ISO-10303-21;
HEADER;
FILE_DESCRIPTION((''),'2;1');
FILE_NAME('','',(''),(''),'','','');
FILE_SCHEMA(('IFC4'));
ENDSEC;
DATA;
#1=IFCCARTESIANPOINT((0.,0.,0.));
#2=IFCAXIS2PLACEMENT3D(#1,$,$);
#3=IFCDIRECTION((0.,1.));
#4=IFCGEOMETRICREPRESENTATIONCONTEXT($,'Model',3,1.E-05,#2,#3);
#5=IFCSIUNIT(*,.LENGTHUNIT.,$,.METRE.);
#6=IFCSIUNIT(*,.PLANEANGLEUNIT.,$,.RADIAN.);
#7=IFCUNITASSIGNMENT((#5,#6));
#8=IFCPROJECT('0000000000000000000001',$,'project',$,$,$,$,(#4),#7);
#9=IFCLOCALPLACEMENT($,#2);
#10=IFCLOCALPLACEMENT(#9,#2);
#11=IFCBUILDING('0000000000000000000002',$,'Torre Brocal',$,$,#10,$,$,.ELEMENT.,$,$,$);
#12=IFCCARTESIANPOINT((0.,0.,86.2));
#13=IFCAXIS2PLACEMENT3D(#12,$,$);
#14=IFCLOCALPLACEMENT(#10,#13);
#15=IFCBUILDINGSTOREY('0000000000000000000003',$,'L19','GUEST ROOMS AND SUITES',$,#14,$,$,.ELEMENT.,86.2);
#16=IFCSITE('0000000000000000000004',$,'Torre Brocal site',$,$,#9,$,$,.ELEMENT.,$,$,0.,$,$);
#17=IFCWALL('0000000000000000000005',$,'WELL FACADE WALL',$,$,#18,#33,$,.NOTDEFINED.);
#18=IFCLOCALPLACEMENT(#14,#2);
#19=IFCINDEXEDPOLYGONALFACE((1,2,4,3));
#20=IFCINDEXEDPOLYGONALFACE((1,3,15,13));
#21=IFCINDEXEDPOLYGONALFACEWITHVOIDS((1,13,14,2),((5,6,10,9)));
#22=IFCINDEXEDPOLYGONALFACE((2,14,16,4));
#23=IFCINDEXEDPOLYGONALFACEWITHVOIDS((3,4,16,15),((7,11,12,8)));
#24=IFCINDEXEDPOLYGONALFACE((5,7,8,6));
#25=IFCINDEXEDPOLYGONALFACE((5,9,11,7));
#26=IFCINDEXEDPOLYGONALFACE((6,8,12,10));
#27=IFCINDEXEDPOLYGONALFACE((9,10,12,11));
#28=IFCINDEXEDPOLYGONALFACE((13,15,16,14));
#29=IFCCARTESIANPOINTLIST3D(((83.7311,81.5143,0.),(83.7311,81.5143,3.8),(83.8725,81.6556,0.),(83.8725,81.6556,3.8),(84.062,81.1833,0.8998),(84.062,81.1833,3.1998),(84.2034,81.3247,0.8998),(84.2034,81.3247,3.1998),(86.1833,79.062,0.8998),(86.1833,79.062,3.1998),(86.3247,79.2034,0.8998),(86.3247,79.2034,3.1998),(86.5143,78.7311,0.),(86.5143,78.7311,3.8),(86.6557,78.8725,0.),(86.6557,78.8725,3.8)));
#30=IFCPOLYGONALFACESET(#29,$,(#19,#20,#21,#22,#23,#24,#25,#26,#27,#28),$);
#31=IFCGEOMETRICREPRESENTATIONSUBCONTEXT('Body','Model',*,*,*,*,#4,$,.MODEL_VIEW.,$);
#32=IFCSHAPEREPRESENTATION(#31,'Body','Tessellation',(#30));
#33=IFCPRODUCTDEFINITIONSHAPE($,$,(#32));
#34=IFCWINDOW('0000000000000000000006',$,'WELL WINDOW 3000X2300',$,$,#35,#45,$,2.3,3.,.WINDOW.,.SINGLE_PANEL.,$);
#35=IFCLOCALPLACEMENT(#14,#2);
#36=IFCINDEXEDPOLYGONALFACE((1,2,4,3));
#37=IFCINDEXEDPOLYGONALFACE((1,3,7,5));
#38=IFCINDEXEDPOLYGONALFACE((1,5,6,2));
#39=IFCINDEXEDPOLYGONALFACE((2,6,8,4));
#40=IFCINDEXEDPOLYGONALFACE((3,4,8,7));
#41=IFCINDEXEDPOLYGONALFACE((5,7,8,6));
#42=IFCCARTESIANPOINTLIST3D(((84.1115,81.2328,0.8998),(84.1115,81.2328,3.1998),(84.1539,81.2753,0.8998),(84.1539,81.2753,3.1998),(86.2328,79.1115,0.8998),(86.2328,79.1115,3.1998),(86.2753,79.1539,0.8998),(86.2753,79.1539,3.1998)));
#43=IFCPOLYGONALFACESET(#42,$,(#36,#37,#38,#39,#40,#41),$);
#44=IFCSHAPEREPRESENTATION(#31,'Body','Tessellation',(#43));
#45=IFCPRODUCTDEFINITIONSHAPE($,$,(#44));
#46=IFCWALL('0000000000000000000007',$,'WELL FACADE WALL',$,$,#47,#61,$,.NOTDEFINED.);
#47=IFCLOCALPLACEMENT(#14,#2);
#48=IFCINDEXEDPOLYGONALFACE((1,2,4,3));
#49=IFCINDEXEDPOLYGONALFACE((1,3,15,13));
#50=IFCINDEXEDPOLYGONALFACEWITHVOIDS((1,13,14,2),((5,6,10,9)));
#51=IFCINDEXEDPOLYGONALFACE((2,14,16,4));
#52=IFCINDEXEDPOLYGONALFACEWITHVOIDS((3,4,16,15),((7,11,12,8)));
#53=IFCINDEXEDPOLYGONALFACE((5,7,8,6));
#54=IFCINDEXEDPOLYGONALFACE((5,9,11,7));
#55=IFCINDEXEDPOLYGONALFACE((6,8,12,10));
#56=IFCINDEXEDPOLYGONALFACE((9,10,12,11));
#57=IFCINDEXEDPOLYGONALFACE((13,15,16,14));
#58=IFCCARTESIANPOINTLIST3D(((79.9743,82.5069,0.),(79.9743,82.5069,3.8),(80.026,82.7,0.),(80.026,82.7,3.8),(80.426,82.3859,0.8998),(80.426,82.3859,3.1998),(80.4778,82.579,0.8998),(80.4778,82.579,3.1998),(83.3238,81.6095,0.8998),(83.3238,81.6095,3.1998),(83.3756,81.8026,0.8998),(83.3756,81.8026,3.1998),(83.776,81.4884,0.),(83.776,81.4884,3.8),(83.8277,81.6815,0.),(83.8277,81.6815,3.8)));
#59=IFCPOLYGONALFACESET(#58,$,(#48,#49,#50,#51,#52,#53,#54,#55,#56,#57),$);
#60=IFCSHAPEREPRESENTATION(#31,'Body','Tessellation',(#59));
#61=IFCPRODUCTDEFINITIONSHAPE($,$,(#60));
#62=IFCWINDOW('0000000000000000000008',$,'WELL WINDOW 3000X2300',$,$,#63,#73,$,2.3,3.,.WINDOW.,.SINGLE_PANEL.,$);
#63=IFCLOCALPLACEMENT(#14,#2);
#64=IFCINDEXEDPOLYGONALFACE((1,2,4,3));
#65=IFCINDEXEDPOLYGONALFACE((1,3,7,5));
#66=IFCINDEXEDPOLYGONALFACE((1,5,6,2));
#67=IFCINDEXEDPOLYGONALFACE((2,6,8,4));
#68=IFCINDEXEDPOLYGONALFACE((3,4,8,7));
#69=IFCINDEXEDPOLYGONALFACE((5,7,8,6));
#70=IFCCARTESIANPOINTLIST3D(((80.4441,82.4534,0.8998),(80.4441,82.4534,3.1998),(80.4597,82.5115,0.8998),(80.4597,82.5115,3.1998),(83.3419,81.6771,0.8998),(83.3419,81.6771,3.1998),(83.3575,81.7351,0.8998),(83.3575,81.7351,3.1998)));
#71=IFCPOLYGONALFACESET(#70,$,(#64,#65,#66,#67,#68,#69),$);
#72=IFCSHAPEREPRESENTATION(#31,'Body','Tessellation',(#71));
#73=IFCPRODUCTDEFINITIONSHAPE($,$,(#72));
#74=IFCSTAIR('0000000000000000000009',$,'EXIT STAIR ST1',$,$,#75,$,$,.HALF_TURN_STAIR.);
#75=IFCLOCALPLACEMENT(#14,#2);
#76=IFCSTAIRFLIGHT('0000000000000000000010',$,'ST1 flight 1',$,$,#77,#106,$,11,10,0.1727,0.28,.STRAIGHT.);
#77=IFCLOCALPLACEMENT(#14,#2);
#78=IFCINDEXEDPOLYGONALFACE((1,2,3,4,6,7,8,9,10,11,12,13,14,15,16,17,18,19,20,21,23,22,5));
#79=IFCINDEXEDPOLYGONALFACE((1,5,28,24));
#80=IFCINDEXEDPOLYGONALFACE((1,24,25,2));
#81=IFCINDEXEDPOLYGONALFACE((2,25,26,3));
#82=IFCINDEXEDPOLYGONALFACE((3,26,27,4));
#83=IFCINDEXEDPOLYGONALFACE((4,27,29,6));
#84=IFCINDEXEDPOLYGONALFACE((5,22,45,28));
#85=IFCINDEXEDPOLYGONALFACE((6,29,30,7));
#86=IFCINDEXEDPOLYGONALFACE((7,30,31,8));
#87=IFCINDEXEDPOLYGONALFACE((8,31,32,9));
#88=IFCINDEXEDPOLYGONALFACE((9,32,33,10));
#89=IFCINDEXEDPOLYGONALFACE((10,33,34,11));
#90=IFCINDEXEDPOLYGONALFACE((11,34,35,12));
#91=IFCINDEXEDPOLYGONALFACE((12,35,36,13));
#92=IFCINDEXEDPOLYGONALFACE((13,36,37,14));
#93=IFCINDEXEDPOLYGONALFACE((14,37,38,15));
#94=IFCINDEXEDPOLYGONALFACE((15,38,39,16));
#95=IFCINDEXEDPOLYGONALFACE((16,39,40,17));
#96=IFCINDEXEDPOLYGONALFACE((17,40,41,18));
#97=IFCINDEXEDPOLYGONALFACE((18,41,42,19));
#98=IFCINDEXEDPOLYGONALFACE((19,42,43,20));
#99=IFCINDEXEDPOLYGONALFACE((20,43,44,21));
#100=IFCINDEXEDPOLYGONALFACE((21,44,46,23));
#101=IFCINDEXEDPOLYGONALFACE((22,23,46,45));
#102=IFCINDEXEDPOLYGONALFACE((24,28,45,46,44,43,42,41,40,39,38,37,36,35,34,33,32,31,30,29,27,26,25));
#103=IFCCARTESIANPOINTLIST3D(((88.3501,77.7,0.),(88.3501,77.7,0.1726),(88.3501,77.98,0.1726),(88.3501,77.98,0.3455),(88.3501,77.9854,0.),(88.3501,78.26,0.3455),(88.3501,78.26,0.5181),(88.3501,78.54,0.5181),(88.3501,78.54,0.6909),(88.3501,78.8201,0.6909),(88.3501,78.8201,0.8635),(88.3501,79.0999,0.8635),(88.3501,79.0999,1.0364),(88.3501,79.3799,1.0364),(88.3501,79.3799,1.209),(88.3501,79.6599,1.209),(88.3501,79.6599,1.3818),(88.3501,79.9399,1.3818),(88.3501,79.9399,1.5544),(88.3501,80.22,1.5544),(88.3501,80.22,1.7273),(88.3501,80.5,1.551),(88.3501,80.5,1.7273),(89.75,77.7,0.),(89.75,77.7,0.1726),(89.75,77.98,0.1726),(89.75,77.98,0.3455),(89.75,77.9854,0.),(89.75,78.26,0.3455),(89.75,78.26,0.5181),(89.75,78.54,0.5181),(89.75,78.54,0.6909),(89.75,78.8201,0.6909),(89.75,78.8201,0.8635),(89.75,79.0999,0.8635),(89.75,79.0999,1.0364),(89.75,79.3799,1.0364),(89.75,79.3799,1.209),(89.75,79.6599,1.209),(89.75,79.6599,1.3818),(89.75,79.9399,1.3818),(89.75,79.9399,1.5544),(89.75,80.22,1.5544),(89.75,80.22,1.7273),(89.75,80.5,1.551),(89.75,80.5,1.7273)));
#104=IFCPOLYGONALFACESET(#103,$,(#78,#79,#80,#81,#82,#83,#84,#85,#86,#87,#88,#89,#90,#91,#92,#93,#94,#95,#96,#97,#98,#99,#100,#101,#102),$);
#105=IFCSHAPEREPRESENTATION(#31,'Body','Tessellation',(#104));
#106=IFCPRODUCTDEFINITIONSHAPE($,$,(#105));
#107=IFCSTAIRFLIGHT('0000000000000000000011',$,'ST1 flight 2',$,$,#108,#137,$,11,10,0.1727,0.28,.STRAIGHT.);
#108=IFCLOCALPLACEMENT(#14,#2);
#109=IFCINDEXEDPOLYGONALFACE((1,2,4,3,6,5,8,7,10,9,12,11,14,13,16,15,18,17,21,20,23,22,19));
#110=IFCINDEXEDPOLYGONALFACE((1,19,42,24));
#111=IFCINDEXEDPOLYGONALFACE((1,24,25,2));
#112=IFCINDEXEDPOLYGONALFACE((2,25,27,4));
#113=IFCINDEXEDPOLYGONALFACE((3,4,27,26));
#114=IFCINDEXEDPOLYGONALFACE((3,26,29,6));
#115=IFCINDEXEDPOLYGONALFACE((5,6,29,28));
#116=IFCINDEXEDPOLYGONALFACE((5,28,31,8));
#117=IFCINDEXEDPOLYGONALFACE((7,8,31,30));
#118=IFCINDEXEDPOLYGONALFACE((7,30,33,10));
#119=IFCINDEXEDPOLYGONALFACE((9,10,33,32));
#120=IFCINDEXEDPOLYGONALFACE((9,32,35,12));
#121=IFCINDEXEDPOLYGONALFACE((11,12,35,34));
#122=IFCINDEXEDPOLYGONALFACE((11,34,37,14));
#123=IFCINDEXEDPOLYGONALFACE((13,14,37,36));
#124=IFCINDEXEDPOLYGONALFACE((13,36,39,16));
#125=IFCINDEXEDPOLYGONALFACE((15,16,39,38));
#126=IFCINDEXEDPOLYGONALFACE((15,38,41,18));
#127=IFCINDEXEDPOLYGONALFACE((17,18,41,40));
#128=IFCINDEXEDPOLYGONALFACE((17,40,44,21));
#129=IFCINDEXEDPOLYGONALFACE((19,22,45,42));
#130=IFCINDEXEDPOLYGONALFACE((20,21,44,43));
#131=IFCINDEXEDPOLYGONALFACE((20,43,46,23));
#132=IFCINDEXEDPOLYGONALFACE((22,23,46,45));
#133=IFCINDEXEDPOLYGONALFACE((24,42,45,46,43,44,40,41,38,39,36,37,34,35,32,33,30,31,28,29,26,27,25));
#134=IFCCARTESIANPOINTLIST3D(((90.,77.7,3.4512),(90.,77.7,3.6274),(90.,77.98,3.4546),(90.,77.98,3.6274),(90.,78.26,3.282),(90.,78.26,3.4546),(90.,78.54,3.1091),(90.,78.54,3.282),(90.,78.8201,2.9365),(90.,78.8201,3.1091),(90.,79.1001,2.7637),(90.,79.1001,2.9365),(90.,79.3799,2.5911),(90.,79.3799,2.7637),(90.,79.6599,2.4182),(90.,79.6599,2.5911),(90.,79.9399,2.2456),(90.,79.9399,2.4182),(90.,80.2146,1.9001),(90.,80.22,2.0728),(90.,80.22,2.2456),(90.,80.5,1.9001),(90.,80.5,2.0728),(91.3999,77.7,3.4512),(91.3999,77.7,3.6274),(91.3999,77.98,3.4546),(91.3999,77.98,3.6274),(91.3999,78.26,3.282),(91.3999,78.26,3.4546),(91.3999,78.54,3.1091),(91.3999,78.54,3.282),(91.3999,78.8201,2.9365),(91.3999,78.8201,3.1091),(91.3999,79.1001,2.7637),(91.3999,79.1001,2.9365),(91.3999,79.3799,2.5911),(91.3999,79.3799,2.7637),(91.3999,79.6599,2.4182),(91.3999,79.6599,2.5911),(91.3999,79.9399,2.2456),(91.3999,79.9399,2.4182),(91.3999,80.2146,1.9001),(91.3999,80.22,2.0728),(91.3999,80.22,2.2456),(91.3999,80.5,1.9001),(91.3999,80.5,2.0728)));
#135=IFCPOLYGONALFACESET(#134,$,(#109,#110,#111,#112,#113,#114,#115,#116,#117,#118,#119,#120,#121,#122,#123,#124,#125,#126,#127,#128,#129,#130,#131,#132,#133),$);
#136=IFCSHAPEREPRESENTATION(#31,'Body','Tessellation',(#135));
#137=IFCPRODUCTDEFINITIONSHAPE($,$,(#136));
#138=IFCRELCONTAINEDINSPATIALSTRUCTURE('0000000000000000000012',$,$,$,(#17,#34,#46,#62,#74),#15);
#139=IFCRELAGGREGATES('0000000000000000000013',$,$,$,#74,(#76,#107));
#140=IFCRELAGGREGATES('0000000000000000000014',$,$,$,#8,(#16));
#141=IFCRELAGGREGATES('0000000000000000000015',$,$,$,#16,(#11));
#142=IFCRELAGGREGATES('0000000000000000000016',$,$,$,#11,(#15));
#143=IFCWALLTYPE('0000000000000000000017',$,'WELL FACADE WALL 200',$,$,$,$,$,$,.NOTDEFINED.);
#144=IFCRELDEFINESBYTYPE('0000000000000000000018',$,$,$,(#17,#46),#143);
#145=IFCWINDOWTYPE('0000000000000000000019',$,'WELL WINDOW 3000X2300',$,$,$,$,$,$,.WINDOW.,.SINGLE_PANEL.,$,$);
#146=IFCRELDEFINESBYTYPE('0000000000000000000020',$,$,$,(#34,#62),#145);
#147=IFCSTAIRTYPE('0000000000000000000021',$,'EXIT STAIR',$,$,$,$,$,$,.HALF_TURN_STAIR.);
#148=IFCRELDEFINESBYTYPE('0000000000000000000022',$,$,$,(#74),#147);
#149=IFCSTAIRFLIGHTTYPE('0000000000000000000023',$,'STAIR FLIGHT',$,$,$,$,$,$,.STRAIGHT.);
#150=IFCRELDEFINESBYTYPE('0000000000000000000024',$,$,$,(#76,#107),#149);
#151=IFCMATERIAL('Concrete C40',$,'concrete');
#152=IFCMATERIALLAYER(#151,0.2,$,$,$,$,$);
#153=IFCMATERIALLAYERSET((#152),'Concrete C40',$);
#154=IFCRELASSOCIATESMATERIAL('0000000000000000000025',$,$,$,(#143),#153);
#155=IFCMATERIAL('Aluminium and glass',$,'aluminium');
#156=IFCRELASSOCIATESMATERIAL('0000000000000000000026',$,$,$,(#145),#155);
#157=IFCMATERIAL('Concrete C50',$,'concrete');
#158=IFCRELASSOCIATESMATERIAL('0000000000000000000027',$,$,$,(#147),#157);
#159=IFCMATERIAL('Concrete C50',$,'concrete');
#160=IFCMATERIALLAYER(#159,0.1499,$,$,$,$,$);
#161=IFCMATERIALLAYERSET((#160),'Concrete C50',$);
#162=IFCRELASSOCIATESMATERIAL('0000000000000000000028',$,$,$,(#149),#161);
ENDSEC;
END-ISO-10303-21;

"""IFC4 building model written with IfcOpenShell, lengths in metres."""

from ifc_helpers import new_model, si_unit, direction, frame, frame_2d, origin, place, context, subcontext, project, spatial, polyline, rectangle, outline, extrude, material, layer, layer_set, type_object, element, fill, aggregate, save


model = new_model("IFC4")

# Units and contexts
model_context = context("Model", 3, precision=1e-05, world=origin(), true_north=direction((0.0, 1.0)))
body_context = subcontext(model_context, "Body", "Model", "MODEL_VIEW")
ifc_project = project(units=[si_unit("LENGTHUNIT", "METRE"), si_unit("PLANEANGLEUNIT", "RADIAN")], contexts=[model_context])

# Site, building, storey
site_placement = place(None, origin())
site = spatial("IfcSite", under=ifc_project, at=site_placement, Name="Torre Brocal site", CompositionType="ELEMENT", RefElevation=0.0)
building_placement = place(site_placement, origin())
building = spatial("IfcBuilding", under=site, at=building_placement, Name="Torre Brocal", CompositionType="ELEMENT")
storey_placement = place(building_placement, frame((0.0, 0.0, 86.2)))
storey = spatial("IfcBuildingStorey", under=building, at=storey_placement, Name="L19", Description="GUEST ROOMS AND SUITES", CompositionType="ELEMENT", Elevation=86.2)

# Walls, openings, windows
ifc_material_1 = material(Name="Concrete C40", Category="concrete")
ifc_layer_1 = layer(ifc_material_1, 0.2)
ifc_layer_set_1 = layer_set([ifc_layer_1], Name="Concrete C40")
wall_type_1 = type_object("IfcWallType", Name="WELL FACADE WALL 200", PredefinedType="NOTDEFINED", material=ifc_layer_set_1)
wall_1_placement = place(storey_placement, frame((86.585, 78.8018, 0.0), z_axis=(0.0, 0.0, 1.0), x_axis=(-0.707107, 0.707107, 0.0)))
wall_1 = element("IfcWall", 1, at=wall_1_placement, inside=storey, type_object=wall_type_1, Name="WELL FACADE WALL", PredefinedType="NOTDEFINED", context=body_context, shape_type="SweptSolid", body=[
    extrude(rectangle(XDim=3.936, YDim=0.2, at=frame_2d((1.968, 0.0))), origin(), (0.0, 0.0, 1.0), 3.8),
])
opening_1_placement = place(wall_1_placement, frame((0.468, 0.0, 0.8999)))
opening_1 = element("IfcOpeningElement", 2, at=opening_1_placement, cuts=wall_1, PredefinedType="OPENING", context=body_context, shape_type="SweptSolid", body=[
    extrude(rectangle(XDim=3.0, YDim=2.3, at=frame_2d((1.5, 1.1499))), frame((0.0, 0.1099, 0.0), z_axis=(0.0, -1.0, 0.0), x_axis=(1.0, 0.0, 0.0)), (0.0, 0.0, 1.0), 0.22),
])
ifc_material_2 = material(Name="Aluminium and glass", Category="aluminium")
window_type = type_object("IfcWindowType", Name="WELL WINDOW 3000X2300", PartitioningType="SINGLE_PANEL", PredefinedType="WINDOW", material=ifc_material_2)
window_1_placement = place(opening_1_placement, origin())
window_1 = element("IfcWindow", 3, at=window_1_placement, inside=storey, type_object=window_type, Name="WELL WINDOW 3000X2300", OverallHeight=2.3, OverallWidth=3.0, PartitioningType="SINGLE_PANEL", PredefinedType="WINDOW", context=body_context, shape_type="SweptSolid", body=[
    extrude(rectangle(XDim=3.0, YDim=2.3, at=frame_2d((1.5, 1.1499))), frame((0.0, 0.03, 0.0), z_axis=(0.0, -1.0, 0.0), x_axis=(1.0, 0.0, 0.0)), (0.0, 0.0, 1.0), 0.0601),
])
fill(opening_1, window_1)
wall_2_placement = place(storey_placement, frame((83.8018, 81.585, 0.0), z_axis=(0.0, 0.0, 1.0), x_axis=(-0.965934, 0.25879, 0.0)))
wall_2 = element("IfcWall", 4, at=wall_2_placement, inside=storey, type_object=wall_type_1, Name="WELL FACADE WALL", PredefinedType="NOTDEFINED", context=body_context, shape_type="SweptSolid", body=[
    extrude(rectangle(XDim=3.9358, YDim=0.2, at=frame_2d((1.9678, 0.0))), origin(), (0.0, 0.0, 1.0), 3.8),
])
opening_2_placement = place(wall_2_placement, frame((0.468, 0.0, 0.8999)))
opening_2 = element("IfcOpeningElement", 5, at=opening_2_placement, cuts=wall_2, PredefinedType="OPENING", context=body_context, shape_type="SweptSolid", body=[
    extrude(rectangle(XDim=3.0, YDim=2.3, at=frame_2d((1.5, 1.1499))), frame((0.0, 0.1099, 0.0), z_axis=(0.0, -1.0, 0.0), x_axis=(1.0, 0.0, 0.0)), (0.0, 0.0, 1.0), 0.22),
])
window_2_placement = place(opening_2_placement, origin())
window_2 = element("IfcWindow", 6, at=window_2_placement, inside=storey, type_object=window_type, Name="WELL WINDOW 3000X2300", OverallHeight=2.3, OverallWidth=3.0, PartitioningType="SINGLE_PANEL", PredefinedType="WINDOW", context=body_context, shape_type="SweptSolid", body=[
    extrude(rectangle(XDim=3.0, YDim=2.3, at=frame_2d((1.5, 1.1499))), frame((0.0, 0.03, 0.0), z_axis=(0.0, -1.0, 0.0), x_axis=(1.0, 0.0, 0.0)), (0.0, 0.0, 1.0), 0.0601),
])
fill(opening_2, window_2)

# Stair, stair flights
ifc_material_3 = material(Name="Concrete C50", Category="concrete")
stair_type = type_object("IfcStairType", Name="EXIT STAIR", PredefinedType="HALF_TURN_STAIR", material=ifc_material_3)
stair_placement = place(storey_placement, origin())
stair = element("IfcStair", 7, at=stair_placement, inside=storey, type_object=stair_type, Name="EXIT STAIR ST1", PredefinedType="HALF_TURN_STAIR")
ifc_material_4 = material(Name="Concrete C50", Category="concrete")
ifc_layer_2 = layer(ifc_material_4, 0.1499)
ifc_layer_set_2 = layer_set([ifc_layer_2], Name="Concrete C50")
stair_flight_type = type_object("IfcStairFlightType", Name="STAIR FLIGHT", PredefinedType="STRAIGHT", material=ifc_layer_set_2)
stair_flight_1_placement = place(storey_placement, frame((89.05, 77.7, 0.0), z_axis=(0.0, 0.0, 1.0), x_axis=(0.0, 1.0, 0.0)))
stair_flight_1 = element("IfcStairFlight", 8, at=stair_flight_1_placement, type_object=stair_flight_type, Name="ST1 flight 1", NumberOfRisers=11, NumberOfTreads=10, PredefinedType="STRAIGHT", RiserHeight=0.1727, TreadLength=0.28, context=body_context, shape_type="SweptSolid", body=[
    extrude(outline(polyline([(0.0, 0.0), (0.0, 0.1726), (0.28, 0.1726), (0.28, 0.3455), (0.5601, 0.3455), (0.5601, 0.5181), (0.8401, 0.5181), (0.8401, 0.6909), (1.1201, 0.6909), (1.1201, 0.8635), (1.3999, 0.8635), (1.3999, 1.0364), (1.6799, 1.0364), (1.6799, 1.209), (1.96, 1.209), (1.96, 1.3818), (2.24, 1.3818), (2.24, 1.5544), (2.52, 1.5544), (2.52, 1.7273), (2.8, 1.7273), (2.8, 1.8999), (2.8, 1.551), (0.2854, 0.0), (0.0, 0.0)])), frame((0.0, 0.7, 0.0), z_axis=(0.0, -1.0, 0.0), x_axis=(1.0, 0.0, 0.0)), (0.0, 0.0, 1.0), 1.3999),
])
stair_flight_2_placement = place(storey_placement, frame((90.7, 80.5, 1.9001), z_axis=(0.0, 0.0, 1.0), x_axis=(0.0, -1.0, 0.0)))
stair_flight_2 = element("IfcStairFlight", 9, at=stair_flight_2_placement, type_object=stair_flight_type, Name="ST1 flight 2", NumberOfRisers=11, NumberOfTreads=10, PredefinedType="STRAIGHT", RiserHeight=0.1727, TreadLength=0.28, context=body_context, shape_type="SweptSolid", body=[
    extrude(outline(polyline([(0.0, 0.0), (0.0, 0.1726), (0.28, 0.1726), (0.28, 0.3455), (0.5601, 0.3455), (0.5601, 0.5181), (0.8401, 0.5181), (0.8401, 0.6909), (1.1201, 0.6909), (1.1201, 0.8635), (1.3999, 0.8635), (1.3999, 1.0364), (1.6799, 1.0364), (1.6799, 1.209), (1.96, 1.209), (1.96, 1.3818), (2.24, 1.3818), (2.24, 1.5544), (2.52, 1.5544), (2.52, 1.7273), (2.8, 1.7273), (2.8, 1.8999), (2.8, 1.551), (0.2854, 0.0), (0.0, 0.0)])), frame((0.0, 0.7, 0.0), z_axis=(0.0, -1.0, 0.0), x_axis=(1.0, 0.0, 0.0)), (0.0, 0.0, 1.0), 1.3999),
])
aggregate(stair, [stair_flight_1, stair_flight_2])

save(model, "model.ifc")
